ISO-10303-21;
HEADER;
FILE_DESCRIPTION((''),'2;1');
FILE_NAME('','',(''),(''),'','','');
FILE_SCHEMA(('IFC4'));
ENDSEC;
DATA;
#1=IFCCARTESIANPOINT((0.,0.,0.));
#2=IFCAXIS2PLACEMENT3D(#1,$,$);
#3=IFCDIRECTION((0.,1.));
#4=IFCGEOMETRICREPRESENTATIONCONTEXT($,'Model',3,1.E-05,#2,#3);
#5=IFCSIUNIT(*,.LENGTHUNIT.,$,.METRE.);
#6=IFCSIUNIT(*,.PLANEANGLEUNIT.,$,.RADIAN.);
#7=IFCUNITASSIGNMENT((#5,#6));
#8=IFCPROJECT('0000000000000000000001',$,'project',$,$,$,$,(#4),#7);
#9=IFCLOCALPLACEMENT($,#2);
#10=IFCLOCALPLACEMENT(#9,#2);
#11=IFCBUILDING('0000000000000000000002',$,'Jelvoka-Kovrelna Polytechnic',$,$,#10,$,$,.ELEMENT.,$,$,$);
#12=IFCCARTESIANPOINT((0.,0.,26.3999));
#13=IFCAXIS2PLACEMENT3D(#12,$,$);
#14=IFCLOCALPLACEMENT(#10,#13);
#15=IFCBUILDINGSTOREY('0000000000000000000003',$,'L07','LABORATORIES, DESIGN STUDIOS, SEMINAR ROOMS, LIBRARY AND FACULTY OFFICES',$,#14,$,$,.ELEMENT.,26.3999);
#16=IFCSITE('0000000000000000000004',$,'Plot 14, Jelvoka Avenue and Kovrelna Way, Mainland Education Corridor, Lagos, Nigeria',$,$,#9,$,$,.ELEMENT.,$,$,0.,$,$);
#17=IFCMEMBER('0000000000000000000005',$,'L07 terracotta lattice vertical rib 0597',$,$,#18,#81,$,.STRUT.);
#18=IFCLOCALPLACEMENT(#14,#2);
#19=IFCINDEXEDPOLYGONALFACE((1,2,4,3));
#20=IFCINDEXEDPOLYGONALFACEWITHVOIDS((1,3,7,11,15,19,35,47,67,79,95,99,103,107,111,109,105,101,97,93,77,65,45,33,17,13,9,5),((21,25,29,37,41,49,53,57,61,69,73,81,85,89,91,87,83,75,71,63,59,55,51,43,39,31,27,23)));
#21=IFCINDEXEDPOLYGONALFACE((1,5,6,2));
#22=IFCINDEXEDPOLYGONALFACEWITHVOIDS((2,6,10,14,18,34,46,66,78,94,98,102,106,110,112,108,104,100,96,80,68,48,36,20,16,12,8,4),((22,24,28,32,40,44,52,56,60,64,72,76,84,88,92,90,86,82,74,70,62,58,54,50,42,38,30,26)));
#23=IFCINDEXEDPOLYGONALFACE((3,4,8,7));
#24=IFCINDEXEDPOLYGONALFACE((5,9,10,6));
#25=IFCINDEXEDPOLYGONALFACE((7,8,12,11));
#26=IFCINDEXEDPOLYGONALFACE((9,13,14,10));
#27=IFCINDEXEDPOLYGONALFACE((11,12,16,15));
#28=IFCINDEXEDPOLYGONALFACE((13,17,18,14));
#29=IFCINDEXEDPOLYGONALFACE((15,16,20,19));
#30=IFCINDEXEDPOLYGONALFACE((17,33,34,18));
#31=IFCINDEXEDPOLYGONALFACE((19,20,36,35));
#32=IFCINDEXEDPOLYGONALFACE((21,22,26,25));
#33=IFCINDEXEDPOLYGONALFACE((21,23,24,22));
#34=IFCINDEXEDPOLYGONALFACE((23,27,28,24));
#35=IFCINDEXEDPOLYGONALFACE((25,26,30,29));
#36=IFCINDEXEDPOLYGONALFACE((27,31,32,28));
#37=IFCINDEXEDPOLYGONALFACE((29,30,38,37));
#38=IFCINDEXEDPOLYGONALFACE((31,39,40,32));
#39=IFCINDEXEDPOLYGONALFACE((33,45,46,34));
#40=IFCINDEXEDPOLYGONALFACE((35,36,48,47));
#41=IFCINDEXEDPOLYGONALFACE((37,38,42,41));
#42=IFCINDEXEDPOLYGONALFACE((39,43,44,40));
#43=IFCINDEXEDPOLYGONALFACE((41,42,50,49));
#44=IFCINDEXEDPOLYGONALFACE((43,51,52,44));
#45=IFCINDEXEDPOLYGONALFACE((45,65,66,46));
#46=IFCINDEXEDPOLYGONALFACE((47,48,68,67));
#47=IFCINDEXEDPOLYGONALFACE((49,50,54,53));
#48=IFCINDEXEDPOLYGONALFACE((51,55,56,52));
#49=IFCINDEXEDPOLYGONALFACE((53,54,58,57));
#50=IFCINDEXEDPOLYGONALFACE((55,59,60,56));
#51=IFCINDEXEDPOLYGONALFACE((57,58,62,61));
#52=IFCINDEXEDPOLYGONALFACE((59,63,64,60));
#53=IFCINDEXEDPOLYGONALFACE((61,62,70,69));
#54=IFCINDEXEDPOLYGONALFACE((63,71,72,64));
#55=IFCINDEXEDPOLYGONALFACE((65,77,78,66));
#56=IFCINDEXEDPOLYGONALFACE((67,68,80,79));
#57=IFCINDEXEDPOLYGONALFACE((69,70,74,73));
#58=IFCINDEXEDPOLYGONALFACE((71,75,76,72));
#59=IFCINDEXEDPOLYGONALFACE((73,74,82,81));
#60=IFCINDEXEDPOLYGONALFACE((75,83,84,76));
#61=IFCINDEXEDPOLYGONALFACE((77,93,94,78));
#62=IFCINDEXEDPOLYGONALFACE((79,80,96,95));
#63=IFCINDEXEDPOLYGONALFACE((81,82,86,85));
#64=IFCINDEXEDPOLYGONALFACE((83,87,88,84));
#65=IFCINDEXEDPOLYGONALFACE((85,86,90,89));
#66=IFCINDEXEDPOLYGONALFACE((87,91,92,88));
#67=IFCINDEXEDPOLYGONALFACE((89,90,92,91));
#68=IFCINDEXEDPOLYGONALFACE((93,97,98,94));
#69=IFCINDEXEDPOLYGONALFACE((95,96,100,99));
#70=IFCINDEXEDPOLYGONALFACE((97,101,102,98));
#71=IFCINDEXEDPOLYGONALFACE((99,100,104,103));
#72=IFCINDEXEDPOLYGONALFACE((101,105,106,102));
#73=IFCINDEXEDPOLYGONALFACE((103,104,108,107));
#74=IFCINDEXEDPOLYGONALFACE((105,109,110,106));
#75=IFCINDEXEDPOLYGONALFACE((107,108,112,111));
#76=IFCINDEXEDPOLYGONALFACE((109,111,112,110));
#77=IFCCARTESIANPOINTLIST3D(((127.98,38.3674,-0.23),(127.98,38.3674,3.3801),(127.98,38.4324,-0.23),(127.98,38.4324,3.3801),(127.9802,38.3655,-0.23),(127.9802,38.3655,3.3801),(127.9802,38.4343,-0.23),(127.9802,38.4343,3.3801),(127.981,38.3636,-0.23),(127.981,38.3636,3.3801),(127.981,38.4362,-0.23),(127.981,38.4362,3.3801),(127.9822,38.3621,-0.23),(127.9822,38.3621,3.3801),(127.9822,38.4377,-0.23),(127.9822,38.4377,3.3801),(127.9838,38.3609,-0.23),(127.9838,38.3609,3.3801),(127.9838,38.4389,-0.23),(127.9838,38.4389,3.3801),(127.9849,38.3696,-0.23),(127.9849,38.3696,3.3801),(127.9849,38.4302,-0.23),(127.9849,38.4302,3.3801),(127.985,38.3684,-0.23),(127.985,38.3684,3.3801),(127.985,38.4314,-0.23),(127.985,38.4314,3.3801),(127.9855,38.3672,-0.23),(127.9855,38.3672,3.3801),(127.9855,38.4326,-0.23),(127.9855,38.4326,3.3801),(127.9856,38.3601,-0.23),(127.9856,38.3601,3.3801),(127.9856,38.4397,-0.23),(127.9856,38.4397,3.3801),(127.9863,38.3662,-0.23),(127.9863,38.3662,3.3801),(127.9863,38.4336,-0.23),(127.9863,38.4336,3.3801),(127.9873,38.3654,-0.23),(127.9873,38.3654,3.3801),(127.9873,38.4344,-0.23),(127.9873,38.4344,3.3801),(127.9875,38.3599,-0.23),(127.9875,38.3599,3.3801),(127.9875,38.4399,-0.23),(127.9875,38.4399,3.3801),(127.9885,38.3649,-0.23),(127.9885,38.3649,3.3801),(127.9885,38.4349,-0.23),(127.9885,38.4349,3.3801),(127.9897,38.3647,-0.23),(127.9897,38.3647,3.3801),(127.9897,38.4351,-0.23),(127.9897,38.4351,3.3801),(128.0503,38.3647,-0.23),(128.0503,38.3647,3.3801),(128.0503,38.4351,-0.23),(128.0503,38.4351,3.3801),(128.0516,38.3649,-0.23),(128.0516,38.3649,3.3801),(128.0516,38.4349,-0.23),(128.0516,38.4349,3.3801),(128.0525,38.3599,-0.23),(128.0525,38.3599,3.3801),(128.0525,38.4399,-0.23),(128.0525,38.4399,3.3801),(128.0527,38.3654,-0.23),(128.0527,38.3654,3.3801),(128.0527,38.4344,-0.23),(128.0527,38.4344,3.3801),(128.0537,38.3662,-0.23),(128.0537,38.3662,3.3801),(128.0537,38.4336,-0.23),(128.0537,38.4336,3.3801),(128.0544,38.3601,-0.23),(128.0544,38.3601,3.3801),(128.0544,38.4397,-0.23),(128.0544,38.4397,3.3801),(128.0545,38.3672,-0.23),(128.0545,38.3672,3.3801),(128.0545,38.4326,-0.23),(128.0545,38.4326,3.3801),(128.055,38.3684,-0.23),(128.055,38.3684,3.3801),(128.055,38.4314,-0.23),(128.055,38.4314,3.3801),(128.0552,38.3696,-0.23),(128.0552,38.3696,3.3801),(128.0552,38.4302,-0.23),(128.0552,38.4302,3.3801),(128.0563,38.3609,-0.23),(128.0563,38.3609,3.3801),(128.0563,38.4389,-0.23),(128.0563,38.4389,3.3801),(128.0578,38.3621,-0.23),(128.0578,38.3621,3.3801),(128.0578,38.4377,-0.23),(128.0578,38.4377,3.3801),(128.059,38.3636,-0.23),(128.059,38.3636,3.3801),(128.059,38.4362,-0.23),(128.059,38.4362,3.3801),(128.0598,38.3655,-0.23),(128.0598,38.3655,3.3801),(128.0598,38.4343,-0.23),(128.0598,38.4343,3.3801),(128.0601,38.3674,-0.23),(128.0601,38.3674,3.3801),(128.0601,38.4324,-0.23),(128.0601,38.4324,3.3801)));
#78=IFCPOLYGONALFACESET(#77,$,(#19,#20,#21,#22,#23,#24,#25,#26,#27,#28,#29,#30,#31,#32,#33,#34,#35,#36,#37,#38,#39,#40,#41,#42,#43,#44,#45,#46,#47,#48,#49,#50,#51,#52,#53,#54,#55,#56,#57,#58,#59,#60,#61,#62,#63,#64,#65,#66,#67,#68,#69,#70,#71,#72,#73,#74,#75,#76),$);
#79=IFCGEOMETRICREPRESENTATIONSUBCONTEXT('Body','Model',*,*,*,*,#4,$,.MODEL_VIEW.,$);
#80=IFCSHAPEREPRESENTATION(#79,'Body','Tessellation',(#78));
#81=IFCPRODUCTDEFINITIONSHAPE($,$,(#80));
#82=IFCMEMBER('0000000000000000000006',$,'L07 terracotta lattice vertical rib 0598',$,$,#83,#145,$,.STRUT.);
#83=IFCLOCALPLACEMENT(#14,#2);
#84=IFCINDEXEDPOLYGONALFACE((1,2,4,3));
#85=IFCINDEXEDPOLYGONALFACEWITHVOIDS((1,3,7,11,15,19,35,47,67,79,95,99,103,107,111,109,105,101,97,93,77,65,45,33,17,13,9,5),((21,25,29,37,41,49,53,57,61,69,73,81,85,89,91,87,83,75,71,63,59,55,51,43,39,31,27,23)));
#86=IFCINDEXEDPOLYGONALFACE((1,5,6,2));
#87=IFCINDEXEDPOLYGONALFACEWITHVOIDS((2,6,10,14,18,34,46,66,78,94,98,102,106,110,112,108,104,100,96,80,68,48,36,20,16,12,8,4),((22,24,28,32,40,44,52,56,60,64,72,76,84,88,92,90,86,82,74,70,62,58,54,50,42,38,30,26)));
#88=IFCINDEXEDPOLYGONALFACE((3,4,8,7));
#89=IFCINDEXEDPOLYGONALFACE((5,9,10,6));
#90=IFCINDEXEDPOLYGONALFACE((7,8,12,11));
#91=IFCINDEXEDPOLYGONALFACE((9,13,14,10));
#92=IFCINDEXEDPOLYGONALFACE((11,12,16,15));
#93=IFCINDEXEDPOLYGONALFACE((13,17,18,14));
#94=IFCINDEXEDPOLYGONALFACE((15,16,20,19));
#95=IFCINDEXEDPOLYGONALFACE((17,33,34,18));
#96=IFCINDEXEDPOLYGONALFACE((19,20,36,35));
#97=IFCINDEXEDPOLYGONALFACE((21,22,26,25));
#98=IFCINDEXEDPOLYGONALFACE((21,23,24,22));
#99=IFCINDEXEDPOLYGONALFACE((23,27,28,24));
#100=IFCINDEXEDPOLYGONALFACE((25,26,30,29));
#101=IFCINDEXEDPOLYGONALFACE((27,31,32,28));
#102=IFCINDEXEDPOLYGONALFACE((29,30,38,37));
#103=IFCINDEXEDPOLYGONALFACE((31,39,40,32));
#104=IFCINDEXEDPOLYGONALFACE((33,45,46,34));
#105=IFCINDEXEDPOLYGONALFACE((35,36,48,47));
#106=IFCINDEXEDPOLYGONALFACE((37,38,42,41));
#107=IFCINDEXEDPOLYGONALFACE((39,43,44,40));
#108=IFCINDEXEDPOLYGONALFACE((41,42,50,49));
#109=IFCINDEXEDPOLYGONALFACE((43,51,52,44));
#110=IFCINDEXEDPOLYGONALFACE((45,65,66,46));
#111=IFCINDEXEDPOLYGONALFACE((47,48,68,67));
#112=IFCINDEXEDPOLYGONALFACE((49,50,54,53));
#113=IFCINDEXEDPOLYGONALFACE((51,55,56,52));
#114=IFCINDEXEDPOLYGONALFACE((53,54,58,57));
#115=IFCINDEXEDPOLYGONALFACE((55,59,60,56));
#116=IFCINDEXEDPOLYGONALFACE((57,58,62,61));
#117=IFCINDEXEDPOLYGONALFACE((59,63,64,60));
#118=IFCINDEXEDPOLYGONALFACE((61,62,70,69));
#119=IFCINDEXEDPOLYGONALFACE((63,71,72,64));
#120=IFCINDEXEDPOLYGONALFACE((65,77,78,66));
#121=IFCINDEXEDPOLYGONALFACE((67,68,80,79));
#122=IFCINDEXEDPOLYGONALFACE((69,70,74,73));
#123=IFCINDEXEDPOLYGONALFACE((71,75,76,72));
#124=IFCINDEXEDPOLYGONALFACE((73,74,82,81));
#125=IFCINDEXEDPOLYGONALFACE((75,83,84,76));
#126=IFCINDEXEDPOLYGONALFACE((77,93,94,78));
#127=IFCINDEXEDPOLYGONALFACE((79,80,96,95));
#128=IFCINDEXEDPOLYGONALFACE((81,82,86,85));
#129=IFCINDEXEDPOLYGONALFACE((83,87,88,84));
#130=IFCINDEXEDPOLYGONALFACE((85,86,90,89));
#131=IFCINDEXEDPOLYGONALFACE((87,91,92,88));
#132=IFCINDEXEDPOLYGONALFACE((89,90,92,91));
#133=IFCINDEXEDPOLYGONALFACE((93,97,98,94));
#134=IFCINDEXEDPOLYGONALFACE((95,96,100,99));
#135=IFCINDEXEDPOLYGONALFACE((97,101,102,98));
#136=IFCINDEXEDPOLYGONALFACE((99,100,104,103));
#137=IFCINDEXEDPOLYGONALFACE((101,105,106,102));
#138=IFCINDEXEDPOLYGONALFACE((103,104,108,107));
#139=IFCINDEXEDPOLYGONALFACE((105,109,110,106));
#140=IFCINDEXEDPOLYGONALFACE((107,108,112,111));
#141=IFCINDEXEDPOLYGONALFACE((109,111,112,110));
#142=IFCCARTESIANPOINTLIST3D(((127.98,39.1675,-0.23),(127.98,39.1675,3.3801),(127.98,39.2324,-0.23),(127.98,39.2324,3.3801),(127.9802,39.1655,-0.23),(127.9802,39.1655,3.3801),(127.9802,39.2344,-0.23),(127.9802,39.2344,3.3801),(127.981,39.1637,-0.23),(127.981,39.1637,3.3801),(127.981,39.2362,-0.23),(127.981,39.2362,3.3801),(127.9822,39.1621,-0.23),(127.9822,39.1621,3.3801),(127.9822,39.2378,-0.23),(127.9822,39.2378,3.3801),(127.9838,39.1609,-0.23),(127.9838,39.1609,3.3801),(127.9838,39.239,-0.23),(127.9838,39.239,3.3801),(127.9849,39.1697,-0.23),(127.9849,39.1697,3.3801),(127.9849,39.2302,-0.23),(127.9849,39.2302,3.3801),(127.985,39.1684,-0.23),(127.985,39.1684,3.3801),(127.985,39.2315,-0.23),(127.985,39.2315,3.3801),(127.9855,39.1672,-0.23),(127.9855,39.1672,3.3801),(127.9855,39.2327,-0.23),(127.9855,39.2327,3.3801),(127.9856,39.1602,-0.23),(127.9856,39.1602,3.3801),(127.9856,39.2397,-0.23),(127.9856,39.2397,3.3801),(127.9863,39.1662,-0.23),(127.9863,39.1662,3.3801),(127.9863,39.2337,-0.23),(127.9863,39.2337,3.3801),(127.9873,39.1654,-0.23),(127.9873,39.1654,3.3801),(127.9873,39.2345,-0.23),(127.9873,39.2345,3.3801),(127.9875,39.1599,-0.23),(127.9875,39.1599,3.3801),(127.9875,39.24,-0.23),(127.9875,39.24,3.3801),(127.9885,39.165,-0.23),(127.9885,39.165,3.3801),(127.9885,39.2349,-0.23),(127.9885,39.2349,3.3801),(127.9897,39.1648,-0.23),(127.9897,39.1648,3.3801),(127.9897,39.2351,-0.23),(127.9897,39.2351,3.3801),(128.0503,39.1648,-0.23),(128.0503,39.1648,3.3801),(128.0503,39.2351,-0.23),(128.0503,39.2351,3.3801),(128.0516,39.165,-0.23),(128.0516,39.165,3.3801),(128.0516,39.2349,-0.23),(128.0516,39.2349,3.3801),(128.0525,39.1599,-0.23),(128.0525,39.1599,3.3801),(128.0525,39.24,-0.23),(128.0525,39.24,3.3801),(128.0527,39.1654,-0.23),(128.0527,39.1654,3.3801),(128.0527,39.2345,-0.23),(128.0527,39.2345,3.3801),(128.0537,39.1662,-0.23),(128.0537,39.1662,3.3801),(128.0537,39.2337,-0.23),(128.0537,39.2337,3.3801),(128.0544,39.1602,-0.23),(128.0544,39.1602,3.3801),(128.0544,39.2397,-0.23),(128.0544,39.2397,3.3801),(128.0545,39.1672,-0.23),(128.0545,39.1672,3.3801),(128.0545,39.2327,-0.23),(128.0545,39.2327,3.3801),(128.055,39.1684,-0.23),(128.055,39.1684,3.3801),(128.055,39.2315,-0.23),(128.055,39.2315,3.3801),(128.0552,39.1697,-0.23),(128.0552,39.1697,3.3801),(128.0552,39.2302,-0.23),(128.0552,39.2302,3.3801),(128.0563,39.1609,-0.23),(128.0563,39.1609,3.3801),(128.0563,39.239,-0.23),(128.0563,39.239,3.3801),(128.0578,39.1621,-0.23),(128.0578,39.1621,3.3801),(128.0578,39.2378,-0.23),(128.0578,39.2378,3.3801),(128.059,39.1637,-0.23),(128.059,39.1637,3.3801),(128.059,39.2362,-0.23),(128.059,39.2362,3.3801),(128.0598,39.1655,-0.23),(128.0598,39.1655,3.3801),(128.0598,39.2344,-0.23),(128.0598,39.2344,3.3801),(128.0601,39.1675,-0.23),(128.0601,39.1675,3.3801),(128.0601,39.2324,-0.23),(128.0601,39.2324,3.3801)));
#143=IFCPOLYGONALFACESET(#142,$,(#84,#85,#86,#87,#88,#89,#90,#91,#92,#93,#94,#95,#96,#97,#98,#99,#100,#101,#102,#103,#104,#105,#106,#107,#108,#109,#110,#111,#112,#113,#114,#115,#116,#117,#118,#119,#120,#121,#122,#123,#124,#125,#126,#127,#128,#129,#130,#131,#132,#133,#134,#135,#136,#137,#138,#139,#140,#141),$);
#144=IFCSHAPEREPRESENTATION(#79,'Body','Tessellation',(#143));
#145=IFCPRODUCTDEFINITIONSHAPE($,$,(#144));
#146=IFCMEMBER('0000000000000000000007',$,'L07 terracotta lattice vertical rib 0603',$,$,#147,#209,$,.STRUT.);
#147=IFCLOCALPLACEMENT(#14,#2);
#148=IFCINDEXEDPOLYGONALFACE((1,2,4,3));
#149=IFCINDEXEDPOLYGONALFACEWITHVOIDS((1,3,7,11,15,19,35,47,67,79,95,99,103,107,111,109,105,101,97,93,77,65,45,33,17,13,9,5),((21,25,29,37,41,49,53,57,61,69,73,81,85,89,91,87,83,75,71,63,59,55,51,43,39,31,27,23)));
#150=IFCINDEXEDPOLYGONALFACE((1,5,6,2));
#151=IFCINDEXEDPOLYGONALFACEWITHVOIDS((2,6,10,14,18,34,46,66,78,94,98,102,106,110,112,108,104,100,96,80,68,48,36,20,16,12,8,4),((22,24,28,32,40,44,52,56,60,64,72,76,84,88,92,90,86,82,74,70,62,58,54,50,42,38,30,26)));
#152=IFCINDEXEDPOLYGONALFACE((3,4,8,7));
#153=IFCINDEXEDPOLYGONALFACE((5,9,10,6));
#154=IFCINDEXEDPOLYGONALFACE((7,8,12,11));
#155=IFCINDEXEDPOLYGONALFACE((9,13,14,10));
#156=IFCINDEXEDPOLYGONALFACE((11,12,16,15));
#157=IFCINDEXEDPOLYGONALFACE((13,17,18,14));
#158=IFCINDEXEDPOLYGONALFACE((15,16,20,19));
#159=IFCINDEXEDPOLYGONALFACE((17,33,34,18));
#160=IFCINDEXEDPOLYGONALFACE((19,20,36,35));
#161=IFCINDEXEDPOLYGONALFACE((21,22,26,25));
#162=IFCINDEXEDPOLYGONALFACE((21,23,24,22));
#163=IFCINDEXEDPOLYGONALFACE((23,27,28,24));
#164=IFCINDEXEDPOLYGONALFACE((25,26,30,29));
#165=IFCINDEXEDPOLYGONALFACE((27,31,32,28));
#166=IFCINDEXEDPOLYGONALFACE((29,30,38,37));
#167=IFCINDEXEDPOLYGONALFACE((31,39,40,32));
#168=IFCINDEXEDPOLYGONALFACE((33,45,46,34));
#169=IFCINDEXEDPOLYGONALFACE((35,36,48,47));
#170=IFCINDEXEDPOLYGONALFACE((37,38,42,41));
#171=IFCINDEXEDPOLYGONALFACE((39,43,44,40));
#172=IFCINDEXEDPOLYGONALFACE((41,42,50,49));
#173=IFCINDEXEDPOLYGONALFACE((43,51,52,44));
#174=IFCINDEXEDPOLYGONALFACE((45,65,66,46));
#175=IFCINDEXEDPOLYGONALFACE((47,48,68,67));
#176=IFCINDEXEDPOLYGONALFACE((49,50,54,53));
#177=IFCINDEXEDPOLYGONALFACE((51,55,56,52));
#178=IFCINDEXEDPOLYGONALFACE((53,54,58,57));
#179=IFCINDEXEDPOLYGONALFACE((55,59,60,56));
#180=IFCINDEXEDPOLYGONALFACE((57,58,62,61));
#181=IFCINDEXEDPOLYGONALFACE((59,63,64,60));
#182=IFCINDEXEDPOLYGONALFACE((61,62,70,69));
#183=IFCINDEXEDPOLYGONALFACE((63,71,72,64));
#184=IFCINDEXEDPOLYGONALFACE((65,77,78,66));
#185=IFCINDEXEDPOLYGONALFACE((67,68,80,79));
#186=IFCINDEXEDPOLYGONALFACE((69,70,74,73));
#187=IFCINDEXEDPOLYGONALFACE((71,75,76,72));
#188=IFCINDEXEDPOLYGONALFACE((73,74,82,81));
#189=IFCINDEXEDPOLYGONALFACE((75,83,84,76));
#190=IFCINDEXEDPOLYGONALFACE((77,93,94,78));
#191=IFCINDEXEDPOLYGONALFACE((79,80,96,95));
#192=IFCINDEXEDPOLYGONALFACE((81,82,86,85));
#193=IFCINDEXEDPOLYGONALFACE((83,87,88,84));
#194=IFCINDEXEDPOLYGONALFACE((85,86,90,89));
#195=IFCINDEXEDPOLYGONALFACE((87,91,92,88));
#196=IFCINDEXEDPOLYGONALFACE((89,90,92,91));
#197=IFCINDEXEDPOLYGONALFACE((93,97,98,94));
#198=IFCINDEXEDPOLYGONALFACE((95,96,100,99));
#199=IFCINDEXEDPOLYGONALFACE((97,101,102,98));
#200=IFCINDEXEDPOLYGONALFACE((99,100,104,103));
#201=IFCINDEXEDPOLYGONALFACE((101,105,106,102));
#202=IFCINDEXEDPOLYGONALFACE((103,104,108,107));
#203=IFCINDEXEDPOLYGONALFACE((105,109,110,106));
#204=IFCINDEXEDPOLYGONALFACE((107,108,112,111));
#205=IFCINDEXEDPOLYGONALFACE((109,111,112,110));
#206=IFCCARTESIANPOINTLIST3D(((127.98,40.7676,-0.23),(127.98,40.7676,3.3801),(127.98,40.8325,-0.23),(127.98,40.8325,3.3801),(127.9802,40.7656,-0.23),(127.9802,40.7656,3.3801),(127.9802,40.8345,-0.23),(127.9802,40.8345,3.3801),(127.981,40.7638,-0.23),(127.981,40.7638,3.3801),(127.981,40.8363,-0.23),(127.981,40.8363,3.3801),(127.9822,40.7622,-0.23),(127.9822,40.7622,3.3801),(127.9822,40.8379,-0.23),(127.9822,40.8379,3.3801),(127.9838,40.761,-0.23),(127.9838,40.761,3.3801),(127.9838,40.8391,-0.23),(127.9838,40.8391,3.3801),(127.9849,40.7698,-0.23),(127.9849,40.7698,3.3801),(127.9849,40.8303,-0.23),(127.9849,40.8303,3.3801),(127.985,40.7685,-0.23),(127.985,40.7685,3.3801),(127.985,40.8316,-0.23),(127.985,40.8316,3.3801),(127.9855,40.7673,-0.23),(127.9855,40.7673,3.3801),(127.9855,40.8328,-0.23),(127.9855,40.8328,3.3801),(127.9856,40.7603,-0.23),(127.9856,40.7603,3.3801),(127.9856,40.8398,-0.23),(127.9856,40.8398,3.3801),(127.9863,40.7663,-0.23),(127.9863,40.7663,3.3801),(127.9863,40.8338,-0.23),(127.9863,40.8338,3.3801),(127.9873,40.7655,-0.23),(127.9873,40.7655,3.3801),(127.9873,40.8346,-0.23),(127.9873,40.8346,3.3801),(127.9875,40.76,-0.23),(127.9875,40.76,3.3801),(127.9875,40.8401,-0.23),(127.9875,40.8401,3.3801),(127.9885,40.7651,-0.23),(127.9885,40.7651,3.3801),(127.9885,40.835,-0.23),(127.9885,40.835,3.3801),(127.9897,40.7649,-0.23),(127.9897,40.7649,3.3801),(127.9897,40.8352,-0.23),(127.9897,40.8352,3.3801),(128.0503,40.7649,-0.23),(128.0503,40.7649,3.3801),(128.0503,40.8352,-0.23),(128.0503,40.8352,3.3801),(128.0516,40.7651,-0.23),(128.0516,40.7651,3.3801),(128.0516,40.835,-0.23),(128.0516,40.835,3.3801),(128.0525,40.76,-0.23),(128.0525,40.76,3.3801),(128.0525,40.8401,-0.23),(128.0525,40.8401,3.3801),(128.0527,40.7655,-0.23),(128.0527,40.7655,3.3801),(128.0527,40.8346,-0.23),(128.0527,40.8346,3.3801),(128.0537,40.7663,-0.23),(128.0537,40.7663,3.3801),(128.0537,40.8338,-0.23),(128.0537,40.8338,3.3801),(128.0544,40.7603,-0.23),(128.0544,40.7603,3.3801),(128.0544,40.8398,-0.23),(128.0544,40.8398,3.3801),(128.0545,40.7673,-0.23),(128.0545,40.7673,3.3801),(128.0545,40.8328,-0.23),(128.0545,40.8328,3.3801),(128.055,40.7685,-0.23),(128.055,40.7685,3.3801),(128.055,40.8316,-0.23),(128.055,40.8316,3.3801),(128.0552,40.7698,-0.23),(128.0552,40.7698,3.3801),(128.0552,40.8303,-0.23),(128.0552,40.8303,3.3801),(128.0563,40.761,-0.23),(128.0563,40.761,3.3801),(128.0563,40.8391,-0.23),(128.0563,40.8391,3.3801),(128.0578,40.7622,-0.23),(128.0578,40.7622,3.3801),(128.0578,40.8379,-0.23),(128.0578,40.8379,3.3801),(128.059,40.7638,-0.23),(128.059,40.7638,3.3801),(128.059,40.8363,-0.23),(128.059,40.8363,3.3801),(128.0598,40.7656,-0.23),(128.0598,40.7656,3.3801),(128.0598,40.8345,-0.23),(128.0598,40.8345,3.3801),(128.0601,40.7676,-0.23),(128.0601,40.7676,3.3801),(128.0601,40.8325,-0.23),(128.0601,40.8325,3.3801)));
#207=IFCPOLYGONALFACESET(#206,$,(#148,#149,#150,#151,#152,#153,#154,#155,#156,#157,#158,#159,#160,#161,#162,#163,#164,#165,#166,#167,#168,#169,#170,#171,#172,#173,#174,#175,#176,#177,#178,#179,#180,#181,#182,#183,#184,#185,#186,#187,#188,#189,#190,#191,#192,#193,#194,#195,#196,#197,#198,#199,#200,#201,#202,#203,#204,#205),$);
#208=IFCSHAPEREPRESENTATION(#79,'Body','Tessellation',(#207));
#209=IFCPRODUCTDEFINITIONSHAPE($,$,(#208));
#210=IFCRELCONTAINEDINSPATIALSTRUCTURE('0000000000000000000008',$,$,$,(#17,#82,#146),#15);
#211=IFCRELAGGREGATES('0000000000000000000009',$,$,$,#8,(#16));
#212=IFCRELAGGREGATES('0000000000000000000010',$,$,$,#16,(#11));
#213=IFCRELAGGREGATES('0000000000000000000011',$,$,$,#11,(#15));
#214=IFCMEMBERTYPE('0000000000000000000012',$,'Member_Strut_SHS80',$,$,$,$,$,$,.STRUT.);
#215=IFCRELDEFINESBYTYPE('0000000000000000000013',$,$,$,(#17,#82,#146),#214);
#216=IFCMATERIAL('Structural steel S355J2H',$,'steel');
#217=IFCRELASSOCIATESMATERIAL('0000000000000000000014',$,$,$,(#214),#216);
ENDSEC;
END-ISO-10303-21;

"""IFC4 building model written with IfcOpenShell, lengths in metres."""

from ifc_helpers import new_model, si_unit, direction, frame, origin, origin_2d, place, context, subcontext, project, spatial, hollow_rectangle, extrude, material, material_profile, profile_set, type_object, element, save


model = new_model("IFC4")

# Units and contexts
model_context = context("Model", 3, precision=1e-05, world=origin(), true_north=direction((0.0, 1.0)))
body_context = subcontext(model_context, "Body", "Model", "MODEL_VIEW")
ifc_project = project(units=[si_unit("LENGTHUNIT", "METRE"), si_unit("PLANEANGLEUNIT", "RADIAN")], contexts=[model_context])

# Site, building, storey
site_placement = place(None, origin())
site = spatial("IfcSite", under=ifc_project, at=site_placement, Name="Plot 14, Jelvoka Avenue and Kovrelna Way, Mainland Education Corridor, Lagos, Nigeria", CompositionType="ELEMENT", RefElevation=0.0)
building_placement = place(site_placement, origin())
building = spatial("IfcBuilding", under=site, at=building_placement, Name="Jelvoka-Kovrelna Polytechnic", CompositionType="ELEMENT")
storey_placement = place(building_placement, frame((0.0, 0.0, 26.3999)))
storey = spatial("IfcBuildingStorey", under=building, at=storey_placement, Name="L07", Description="LABORATORIES, DESIGN STUDIOS, SEMINAR ROOMS, LIBRARY AND FACULTY OFFICES", CompositionType="ELEMENT", Elevation=26.3999)

# Members
ifc_material_1 = material(Name="Structural steel S355J2H", Category="steel")
ifc_material_profile_1 = material_profile(ifc_material_1, hollow_rectangle(XDim=0.0801, YDim=0.0801, WallThickness=0.0049, InnerFilletRadius=0.0049, OuterFilletRadius=0.0076, at=origin_2d()), Name="80x80x5.0 SHS")
ifc_profile_set_1 = profile_set([ifc_material_profile_1], Name="Structural steel S355J2H")
member_type_1 = type_object("IfcMemberType", Name="Member_Strut_SHS80", PredefinedType="STRUT", material=ifc_profile_set_1)
for number, where, z_axis, x_axis, name in (
    (1, (128.02, 38.3999, -0.23), (0.0, 0.0, 1.0), (1.0, 0.0, 0.0), "L07 terracotta lattice vertical rib 0597"),
    (2, (128.02, 39.2, -0.23), (0.0, 0.0, 1.0), (1.0, 0.0, 0.0), "L07 terracotta lattice vertical rib 0598"),
    (3, (128.02, 40.8, -0.23), (0.0, 0.0, 1.0), (1.0, 0.0, 0.0), "L07 terracotta lattice vertical rib 0603"),
):
    element("IfcMember", number, at=place(storey_placement, frame(where, z_axis=z_axis, x_axis=x_axis)), inside=storey, type_object=member_type_1, Name=name, PredefinedType="STRUT", context=body_context, shape_type="SweptSolid", body=[
        extrude(hollow_rectangle(XDim=0.0801, YDim=0.0801, WallThickness=0.0049, InnerFilletRadius=0.0049, OuterFilletRadius=0.0076, at=origin_2d()), origin(), (0.0, 0.0, 1.0), 3.6101),
    ])

save(model, "model.ifc")
